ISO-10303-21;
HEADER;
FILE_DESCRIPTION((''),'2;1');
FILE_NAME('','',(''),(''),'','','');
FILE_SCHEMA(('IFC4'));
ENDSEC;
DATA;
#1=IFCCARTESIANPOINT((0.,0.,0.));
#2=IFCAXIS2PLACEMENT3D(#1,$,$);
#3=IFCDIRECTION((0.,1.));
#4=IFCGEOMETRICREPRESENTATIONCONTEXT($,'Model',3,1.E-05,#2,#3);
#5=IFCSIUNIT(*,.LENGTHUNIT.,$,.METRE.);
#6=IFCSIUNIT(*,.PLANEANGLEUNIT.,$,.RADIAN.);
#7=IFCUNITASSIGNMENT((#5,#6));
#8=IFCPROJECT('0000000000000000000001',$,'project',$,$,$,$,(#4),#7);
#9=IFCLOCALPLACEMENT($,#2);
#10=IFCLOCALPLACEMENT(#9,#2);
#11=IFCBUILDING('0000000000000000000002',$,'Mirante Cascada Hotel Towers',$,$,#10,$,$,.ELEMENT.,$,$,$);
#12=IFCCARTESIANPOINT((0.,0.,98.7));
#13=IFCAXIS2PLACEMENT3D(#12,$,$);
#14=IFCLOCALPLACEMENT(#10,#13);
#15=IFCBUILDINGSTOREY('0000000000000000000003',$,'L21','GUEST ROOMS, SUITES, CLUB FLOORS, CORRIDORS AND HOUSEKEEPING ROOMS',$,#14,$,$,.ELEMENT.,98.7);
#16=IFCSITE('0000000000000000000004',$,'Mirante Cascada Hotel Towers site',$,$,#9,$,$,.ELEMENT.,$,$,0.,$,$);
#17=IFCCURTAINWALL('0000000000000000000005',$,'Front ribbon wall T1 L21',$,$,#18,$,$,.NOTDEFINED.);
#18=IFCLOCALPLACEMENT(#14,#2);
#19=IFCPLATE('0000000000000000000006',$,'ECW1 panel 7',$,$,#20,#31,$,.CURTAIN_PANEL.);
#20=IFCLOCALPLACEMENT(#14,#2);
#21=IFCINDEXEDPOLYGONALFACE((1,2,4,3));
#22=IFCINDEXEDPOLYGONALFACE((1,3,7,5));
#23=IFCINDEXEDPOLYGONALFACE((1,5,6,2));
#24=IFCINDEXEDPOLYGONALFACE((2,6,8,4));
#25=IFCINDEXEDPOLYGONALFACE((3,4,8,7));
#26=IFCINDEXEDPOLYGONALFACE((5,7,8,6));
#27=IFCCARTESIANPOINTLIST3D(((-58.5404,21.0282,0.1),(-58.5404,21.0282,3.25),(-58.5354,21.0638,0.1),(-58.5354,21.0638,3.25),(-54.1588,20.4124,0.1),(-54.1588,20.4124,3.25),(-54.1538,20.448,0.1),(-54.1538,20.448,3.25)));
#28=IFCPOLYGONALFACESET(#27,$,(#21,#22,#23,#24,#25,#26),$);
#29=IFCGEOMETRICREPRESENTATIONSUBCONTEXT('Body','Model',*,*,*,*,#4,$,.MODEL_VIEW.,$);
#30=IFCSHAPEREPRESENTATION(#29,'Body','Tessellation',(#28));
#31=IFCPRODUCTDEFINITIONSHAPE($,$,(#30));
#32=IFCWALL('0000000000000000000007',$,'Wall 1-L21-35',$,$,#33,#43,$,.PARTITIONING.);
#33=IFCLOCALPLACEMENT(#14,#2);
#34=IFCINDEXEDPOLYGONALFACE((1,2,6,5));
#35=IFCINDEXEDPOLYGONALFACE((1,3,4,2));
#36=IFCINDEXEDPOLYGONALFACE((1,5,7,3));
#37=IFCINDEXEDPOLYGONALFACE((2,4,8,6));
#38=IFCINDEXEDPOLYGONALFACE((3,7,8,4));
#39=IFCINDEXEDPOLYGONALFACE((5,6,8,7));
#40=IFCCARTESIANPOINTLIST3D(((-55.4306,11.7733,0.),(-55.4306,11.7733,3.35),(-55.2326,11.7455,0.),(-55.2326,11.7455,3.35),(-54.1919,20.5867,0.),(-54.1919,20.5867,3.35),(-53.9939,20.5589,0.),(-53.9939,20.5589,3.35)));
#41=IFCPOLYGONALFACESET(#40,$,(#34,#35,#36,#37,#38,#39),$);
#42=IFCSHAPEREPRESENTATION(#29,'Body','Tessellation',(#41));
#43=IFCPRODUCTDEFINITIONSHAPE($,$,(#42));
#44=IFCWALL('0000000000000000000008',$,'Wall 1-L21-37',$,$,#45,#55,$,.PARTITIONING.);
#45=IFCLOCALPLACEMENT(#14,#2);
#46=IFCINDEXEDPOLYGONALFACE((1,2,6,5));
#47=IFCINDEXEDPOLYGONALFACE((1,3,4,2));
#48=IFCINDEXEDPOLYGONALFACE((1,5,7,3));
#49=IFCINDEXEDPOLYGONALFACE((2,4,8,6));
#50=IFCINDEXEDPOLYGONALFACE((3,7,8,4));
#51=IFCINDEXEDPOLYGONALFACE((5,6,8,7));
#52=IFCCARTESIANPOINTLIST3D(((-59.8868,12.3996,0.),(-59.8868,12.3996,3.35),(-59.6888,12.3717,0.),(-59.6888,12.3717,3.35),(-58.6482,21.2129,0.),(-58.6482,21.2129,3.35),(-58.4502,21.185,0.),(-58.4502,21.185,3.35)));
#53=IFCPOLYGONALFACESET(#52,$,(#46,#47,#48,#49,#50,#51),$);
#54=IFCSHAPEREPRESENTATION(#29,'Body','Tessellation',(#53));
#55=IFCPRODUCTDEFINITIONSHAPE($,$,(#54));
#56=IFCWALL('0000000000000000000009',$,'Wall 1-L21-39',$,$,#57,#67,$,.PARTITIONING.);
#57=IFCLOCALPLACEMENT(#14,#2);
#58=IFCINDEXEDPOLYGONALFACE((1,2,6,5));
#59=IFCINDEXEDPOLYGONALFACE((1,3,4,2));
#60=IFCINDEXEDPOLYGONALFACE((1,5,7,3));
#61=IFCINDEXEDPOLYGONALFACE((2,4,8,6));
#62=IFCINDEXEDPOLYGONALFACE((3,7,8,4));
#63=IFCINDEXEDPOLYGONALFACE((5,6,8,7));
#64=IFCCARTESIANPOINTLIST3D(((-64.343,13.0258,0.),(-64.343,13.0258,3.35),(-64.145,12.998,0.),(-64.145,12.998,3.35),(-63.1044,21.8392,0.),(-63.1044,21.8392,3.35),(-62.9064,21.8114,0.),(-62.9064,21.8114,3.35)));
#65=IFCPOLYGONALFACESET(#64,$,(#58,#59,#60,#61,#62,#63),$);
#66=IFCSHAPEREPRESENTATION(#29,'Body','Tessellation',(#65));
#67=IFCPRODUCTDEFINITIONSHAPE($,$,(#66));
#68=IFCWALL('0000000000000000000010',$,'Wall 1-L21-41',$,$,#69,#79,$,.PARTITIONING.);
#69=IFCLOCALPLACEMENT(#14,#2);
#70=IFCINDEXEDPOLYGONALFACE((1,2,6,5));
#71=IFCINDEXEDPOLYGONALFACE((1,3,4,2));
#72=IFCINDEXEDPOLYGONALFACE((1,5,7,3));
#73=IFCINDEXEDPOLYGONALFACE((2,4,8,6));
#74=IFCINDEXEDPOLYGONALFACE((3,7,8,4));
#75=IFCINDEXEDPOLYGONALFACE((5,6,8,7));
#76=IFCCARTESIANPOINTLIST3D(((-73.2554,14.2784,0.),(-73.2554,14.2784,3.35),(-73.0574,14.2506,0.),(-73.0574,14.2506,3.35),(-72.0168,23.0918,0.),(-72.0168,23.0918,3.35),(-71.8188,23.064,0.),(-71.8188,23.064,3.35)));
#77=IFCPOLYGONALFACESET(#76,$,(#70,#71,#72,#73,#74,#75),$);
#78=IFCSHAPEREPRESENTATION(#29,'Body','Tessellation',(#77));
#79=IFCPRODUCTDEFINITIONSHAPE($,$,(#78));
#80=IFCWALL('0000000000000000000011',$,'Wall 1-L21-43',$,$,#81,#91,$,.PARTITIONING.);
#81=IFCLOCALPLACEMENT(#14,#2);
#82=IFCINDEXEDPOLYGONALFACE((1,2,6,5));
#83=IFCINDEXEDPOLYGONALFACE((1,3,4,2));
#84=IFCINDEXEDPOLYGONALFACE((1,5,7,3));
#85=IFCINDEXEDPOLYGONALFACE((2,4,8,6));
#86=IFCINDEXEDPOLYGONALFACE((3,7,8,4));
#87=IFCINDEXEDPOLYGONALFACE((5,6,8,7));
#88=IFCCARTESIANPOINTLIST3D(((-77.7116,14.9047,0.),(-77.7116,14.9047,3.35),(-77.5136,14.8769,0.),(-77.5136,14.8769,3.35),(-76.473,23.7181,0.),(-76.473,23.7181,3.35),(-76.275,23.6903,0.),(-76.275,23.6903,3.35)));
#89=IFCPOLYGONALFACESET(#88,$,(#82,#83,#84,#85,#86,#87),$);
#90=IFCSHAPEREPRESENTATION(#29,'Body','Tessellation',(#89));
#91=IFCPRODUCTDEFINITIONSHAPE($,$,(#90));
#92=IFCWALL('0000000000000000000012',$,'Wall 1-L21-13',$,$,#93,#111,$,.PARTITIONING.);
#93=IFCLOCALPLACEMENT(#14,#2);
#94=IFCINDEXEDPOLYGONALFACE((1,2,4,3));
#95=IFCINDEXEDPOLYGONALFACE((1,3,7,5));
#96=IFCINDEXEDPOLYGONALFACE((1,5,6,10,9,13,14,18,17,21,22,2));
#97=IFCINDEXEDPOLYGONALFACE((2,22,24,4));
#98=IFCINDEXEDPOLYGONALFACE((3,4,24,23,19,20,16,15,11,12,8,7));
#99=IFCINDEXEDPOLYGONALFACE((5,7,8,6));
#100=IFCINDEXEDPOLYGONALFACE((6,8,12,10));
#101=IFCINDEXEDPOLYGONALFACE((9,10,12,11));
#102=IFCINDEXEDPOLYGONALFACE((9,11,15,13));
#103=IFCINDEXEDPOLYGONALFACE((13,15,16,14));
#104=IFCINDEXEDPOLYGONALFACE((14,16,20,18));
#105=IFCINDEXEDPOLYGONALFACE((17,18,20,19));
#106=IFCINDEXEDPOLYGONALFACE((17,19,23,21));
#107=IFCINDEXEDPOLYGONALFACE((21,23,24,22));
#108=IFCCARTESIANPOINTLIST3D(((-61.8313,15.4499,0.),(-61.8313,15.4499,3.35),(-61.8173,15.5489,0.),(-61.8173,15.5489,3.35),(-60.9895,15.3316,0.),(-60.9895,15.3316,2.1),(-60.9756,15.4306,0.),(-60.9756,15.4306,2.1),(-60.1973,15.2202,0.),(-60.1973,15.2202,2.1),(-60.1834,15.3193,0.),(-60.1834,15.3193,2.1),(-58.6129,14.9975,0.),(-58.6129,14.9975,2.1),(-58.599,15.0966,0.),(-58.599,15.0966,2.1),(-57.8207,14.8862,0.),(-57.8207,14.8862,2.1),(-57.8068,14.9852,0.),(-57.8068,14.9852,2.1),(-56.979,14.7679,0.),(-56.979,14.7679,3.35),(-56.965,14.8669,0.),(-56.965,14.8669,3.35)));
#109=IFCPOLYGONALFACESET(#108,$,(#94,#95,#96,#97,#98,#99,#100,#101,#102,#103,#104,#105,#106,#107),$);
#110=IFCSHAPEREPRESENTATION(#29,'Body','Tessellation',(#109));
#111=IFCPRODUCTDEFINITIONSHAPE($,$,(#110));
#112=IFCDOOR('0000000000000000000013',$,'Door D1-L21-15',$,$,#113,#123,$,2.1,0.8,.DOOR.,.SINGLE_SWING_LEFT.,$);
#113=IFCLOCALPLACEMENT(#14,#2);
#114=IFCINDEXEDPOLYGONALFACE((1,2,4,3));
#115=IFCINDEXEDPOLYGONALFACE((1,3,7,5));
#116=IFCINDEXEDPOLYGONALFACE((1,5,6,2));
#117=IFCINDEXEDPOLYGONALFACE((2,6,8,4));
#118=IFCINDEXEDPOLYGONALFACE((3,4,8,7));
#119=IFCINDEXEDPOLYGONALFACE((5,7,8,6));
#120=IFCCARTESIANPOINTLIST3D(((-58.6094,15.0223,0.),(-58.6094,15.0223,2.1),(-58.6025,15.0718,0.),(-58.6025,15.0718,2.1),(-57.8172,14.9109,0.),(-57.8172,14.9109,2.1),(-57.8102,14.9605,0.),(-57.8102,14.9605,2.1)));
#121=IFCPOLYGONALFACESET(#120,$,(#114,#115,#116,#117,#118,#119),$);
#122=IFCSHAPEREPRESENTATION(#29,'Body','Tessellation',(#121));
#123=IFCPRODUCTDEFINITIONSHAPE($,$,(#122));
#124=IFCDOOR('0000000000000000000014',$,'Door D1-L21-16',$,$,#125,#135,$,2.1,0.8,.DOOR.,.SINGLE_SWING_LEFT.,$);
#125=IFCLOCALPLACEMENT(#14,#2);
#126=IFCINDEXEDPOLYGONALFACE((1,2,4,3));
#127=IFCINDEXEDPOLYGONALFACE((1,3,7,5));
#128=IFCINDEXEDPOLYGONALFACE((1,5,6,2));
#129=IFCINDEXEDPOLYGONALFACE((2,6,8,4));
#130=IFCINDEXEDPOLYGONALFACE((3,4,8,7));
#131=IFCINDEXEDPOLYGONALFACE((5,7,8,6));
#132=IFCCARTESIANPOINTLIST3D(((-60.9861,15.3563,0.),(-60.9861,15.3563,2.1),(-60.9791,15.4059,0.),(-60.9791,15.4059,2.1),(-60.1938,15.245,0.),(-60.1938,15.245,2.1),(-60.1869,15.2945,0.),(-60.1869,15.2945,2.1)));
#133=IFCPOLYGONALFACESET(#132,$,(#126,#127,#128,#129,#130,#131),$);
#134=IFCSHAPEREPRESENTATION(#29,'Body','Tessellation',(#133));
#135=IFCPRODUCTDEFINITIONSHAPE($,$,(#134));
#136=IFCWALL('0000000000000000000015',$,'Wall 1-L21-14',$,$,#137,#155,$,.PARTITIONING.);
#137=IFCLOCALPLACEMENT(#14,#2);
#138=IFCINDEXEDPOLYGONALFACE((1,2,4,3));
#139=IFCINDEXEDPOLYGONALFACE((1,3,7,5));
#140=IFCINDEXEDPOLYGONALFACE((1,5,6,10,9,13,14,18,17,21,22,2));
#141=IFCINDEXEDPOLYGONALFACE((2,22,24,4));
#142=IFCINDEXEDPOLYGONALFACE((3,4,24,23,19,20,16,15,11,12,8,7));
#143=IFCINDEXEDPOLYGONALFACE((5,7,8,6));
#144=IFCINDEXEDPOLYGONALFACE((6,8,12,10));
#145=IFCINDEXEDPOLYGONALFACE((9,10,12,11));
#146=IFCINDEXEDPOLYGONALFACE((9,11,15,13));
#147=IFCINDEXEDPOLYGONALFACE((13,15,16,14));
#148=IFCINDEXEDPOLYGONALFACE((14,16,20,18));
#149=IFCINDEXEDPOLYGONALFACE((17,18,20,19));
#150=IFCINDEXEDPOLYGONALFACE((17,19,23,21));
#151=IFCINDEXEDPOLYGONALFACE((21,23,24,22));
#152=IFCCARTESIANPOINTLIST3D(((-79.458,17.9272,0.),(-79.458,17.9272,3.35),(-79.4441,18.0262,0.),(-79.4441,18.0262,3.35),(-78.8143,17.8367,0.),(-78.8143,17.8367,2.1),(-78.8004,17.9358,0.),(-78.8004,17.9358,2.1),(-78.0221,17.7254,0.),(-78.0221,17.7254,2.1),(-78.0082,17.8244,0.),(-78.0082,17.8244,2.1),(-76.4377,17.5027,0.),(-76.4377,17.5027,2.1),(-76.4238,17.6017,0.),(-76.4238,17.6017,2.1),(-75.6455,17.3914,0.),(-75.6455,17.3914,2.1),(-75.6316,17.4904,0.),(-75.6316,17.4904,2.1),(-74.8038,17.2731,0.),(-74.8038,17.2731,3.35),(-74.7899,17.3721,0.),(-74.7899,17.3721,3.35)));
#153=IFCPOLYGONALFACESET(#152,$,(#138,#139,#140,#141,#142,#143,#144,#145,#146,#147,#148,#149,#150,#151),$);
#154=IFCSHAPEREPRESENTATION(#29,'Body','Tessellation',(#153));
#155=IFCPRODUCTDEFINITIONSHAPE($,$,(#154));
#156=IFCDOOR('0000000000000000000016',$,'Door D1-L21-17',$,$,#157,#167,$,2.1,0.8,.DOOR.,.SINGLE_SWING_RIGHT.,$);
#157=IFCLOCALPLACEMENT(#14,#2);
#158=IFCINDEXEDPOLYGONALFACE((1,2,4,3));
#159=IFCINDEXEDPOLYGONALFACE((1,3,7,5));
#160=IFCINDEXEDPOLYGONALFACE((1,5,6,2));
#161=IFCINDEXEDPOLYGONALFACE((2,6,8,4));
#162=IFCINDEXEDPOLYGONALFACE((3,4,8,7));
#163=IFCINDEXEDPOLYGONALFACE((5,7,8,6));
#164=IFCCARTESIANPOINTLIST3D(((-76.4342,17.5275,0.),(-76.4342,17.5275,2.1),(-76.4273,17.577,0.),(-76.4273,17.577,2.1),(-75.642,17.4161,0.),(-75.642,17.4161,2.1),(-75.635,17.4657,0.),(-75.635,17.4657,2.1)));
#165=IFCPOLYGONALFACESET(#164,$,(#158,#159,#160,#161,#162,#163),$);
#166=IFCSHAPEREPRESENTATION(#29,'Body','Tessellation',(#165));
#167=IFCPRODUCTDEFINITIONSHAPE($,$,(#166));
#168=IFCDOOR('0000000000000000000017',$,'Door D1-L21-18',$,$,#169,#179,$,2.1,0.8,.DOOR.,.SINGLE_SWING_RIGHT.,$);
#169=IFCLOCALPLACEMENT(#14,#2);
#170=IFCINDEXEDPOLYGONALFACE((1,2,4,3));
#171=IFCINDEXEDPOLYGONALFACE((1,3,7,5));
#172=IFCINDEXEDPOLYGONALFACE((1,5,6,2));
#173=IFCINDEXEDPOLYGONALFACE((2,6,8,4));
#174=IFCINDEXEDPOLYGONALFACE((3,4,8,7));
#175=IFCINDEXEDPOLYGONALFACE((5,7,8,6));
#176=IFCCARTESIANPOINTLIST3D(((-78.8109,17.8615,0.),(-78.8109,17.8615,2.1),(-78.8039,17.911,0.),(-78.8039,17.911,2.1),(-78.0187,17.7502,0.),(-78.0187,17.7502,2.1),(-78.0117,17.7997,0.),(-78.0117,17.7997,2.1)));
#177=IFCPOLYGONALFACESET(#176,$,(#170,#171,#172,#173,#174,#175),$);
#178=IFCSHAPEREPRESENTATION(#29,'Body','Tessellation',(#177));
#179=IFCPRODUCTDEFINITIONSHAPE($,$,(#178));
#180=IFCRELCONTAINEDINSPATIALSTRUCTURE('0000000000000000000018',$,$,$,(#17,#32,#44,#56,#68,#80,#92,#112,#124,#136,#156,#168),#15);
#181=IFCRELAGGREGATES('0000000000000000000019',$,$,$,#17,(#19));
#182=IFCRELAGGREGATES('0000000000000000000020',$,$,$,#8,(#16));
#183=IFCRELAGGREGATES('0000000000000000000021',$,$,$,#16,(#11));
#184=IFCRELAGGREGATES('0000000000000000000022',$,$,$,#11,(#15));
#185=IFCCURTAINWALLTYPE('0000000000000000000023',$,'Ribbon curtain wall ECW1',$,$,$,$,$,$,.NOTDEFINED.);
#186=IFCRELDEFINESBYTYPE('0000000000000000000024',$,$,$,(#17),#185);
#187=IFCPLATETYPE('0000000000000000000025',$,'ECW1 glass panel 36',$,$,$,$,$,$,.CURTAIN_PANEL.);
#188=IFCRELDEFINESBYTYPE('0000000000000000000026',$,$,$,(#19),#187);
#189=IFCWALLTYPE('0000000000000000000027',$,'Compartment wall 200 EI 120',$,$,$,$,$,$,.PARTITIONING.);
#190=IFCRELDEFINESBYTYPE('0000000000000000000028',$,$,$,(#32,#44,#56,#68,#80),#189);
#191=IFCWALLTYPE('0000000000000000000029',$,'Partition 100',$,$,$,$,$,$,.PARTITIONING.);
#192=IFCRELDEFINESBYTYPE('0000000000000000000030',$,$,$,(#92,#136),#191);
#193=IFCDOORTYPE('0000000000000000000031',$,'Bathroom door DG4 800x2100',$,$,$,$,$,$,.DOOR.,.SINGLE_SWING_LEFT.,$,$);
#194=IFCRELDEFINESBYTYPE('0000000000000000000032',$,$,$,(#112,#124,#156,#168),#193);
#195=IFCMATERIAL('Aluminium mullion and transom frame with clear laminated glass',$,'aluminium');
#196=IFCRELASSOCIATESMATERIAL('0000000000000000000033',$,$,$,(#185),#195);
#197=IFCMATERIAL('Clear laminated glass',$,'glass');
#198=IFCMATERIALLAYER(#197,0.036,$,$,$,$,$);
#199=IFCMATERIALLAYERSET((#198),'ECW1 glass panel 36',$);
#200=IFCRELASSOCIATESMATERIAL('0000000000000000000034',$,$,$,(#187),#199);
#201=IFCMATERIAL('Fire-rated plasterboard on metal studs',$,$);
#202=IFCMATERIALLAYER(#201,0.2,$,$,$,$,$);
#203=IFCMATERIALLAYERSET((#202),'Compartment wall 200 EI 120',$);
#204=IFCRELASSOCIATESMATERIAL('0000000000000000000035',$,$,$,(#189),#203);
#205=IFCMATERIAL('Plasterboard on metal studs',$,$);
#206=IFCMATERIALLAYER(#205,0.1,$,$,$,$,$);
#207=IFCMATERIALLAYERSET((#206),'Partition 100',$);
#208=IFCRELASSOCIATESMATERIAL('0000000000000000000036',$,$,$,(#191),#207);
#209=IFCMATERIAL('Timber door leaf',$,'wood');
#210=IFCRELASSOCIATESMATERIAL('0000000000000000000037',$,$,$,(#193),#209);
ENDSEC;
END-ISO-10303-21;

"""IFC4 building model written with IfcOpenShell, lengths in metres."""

from ifc_helpers import new_model, si_unit, direction, frame, frame_2d, origin, origin_2d, place, context, subcontext, project, spatial, rectangle, extrude, material, layer, layer_set, type_object, element, fill, aggregate, save


model = new_model("IFC4")

# Units and contexts
model_context = context("Model", 3, precision=1e-05, world=origin(), true_north=direction((0.0, 1.0)))
body_context = subcontext(model_context, "Body", "Model", "MODEL_VIEW")
ifc_project = project(units=[si_unit("LENGTHUNIT", "METRE"), si_unit("PLANEANGLEUNIT", "RADIAN")], contexts=[model_context])

# Site, building, storey
site_placement = place(None, origin())
site = spatial("IfcSite", under=ifc_project, at=site_placement, Name="Mirante Cascada Hotel Towers site", CompositionType="ELEMENT", RefElevation=0.0)
building_placement = place(site_placement, origin())
building = spatial("IfcBuilding", under=site, at=building_placement, Name="Mirante Cascada Hotel Towers", CompositionType="ELEMENT")
storey_placement = place(building_placement, frame((0.0, 0.0, 98.7)))
storey = spatial("IfcBuildingStorey", under=building, at=storey_placement, Name="L21", Description="GUEST ROOMS, SUITES, CLUB FLOORS, CORRIDORS AND HOUSEKEEPING ROOMS", CompositionType="ELEMENT", Elevation=98.7)

# Curtain wall, plate
ifc_material_1 = material(Name="Aluminium mullion and transom frame with clear laminated glass", Category="aluminium")
curtain_wall_type = type_object("IfcCurtainWallType", Name="Ribbon curtain wall ECW1", PredefinedType="NOTDEFINED", material=ifc_material_1)
curtain_wall_placement = place(storey_placement, origin())
curtain_wall = element("IfcCurtainWall", 1, at=curtain_wall_placement, inside=storey, type_object=curtain_wall_type, Name="Front ribbon wall T1 L21", PredefinedType="NOTDEFINED")
ifc_material_2 = material(Name="Clear laminated glass", Category="glass")
ifc_layer_1 = layer(ifc_material_2, 0.036)
ifc_layer_set_1 = layer_set([ifc_layer_1], Name="ECW1 glass panel 36")
plate_type = type_object("IfcPlateType", Name="ECW1 glass panel 36", PredefinedType="CURTAIN_PANEL", material=ifc_layer_set_1)
plate_1_placement = place(storey_placement, frame((-56.3471, 20.7381, 0.1), z_axis=(0.0, 0.0, 1.0), x_axis=(0.990268, -0.139173, 0.0)))
plate_1 = element("IfcPlate", 2, at=plate_1_placement, type_object=plate_type, Name="ECW1 panel 7", PredefinedType="CURTAIN_PANEL", context=body_context, shape_type="SweptSolid", body=[
    extrude(rectangle(XDim=4.4246, YDim=0.036, at=origin_2d()), origin(), (0.0, 0.0, 1.0), 3.15),
])
aggregate(curtain_wall, [plate_1])

# Walls
ifc_material_3 = material(Name="Fire-rated plasterboard on metal studs")
ifc_layer_2 = layer(ifc_material_3, 0.2)
ifc_layer_set_2 = layer_set([ifc_layer_2], Name="Compartment wall 200 EI 120")
wall_type_1 = type_object("IfcWallType", Name="Compartment wall 200 EI 120", PredefinedType="PARTITIONING", material=ifc_layer_set_2)
wall_1_placement = place(storey_placement, frame((-54.0929, 20.5728, 0.0), z_axis=(0.0, 0.0, 1.0), x_axis=(-0.139179, -0.990267, 0.0)))
element("IfcWall", 3, at=wall_1_placement, inside=storey, type_object=wall_type_1, Name="Wall 1-L21-35", PredefinedType="PARTITIONING", context=body_context, shape_type="SweptSolid", body=[
    extrude(rectangle(XDim=8.9, YDim=0.2, at=frame_2d((4.45, 0.0))), origin(), (0.0, 0.0, 1.0), 3.35),
])
wall_2_placement = place(storey_placement, frame((-58.5492, 21.199, 0.0), z_axis=(0.0, 0.0, 1.0), x_axis=(-0.13917, -0.990268, 0.0)))
element("IfcWall", 4, at=wall_2_placement, inside=storey, type_object=wall_type_1, Name="Wall 1-L21-37", PredefinedType="PARTITIONING", context=body_context, shape_type="SweptSolid", body=[
    extrude(rectangle(XDim=8.8999, YDim=0.2, at=frame_2d((4.45, 0.0))), origin(), (0.0, 0.0, 1.0), 3.35),
])
for number, where, z_axis, x_axis, name in (
    (5, (-63.0054, 21.8253, 0.0), (0.0, 0.0, 1.0), (-0.139168, -0.990269, 0.0), "Wall 1-L21-39"),
    (6, (-71.9178, 23.0779, 0.0), (0.0, 0.0, 1.0), (-0.139168, -0.990269, 0.0), "Wall 1-L21-41"),
    (7, (-76.374, 23.7042, 0.0), (0.0, 0.0, 1.0), (-0.139168, -0.990269, 0.0), "Wall 1-L21-43"),
):
    element("IfcWall", number, at=place(storey_placement, frame(where, z_axis=z_axis, x_axis=x_axis)), inside=storey, type_object=wall_type_1, Name=name, PredefinedType="PARTITIONING", context=body_context, shape_type="SweptSolid", body=[
        extrude(rectangle(XDim=8.9, YDim=0.2, at=frame_2d((4.45, 0.0))), origin(), (0.0, 0.0, 1.0), 3.35),
    ])

# Walls, openings, doors
ifc_material_4 = material(Name="Plasterboard on metal studs")
ifc_layer_3 = layer(ifc_material_4, 0.1)
ifc_layer_set_3 = layer_set([ifc_layer_3], Name="Partition 100")
wall_type_2 = type_object("IfcWallType", Name="Partition 100", PredefinedType="PARTITIONING", material=ifc_layer_set_3)
wall_3_placement = place(storey_placement, frame((-61.8243, 15.4994, 0.0), z_axis=(0.0, 0.0, 1.0), x_axis=(0.990267, -0.139184, 0.0)))
wall_3 = element("IfcWall", 8, at=wall_3_placement, inside=storey, type_object=wall_type_2, Name="Wall 1-L21-13", PredefinedType="PARTITIONING", context=body_context, shape_type="SweptSolid", body=[
    extrude(rectangle(XDim=4.9, YDim=0.1, at=frame_2d((2.45, 0.0))), origin(), (0.0, 0.0, 1.0), 3.35),
])
opening_1_placement = place(wall_3_placement, frame((3.25, 0.0, 0.0)))
opening_1 = element("IfcOpeningElement", 9, at=opening_1_placement, cuts=wall_3, PredefinedType="OPENING", context=body_context, shape_type="SweptSolid", body=[
    extrude(rectangle(XDim=0.8, YDim=2.1, at=frame_2d((0.4, 1.05))), frame((0.0, 0.05, 0.0), z_axis=(0.0, -1.0, 0.0), x_axis=(1.0, 0.0, 0.0)), (0.0, 0.0, 1.0), 0.1),
])
opening_2_placement = place(wall_3_placement, frame((0.85, 0.0, 0.0)))
opening_2 = element("IfcOpeningElement", 10, at=opening_2_placement, cuts=wall_3, PredefinedType="OPENING", context=body_context, shape_type="SweptSolid", body=[
    extrude(rectangle(XDim=0.8, YDim=2.1, at=frame_2d((0.4, 1.05))), frame((0.0, 0.05, 0.0), z_axis=(0.0, -1.0, 0.0), x_axis=(1.0, 0.0, 0.0)), (0.0, 0.0, 1.0), 0.1),
])
ifc_material_5 = material(Name="Timber door leaf", Category="wood")
door_type = type_object("IfcDoorType", Name="Bathroom door DG4 800x2100", OperationType="SINGLE_SWING_LEFT", PredefinedType="DOOR", material=ifc_material_5)
door_1_placement = place(opening_1_placement, origin())
door_1 = element("IfcDoor", 11, at=door_1_placement, inside=storey, type_object=door_type, Name="Door D1-L21-15", OperationType="SINGLE_SWING_LEFT", OverallHeight=2.1, OverallWidth=0.8, PredefinedType="DOOR", context=body_context, shape_type="SweptSolid", body=[
    extrude(rectangle(XDim=0.8, YDim=2.1, at=frame_2d((0.4, 1.05))), frame((0.0, 0.025, 0.0), z_axis=(0.0, -1.0, 0.0), x_axis=(1.0, 0.0, 0.0)), (0.0, 0.0, 1.0), 0.05),
])
fill(opening_1, door_1)
door_2_placement = place(opening_2_placement, origin())
door_2 = element("IfcDoor", 12, at=door_2_placement, inside=storey, type_object=door_type, Name="Door D1-L21-16", OperationType="SINGLE_SWING_LEFT", OverallHeight=2.1, OverallWidth=0.8, PredefinedType="DOOR", context=body_context, shape_type="SweptSolid", body=[
    extrude(rectangle(XDim=0.8, YDim=2.1, at=frame_2d((0.4, 1.05))), frame((0.0, 0.025, 0.0), z_axis=(0.0, -1.0, 0.0), x_axis=(1.0, 0.0, 0.0)), (0.0, 0.0, 1.0), 0.05),
])
fill(opening_2, door_2)
wall_4_placement = place(storey_placement, frame((-74.7968, 17.3226, 0.0), z_axis=(0.0, 0.0, 1.0), x_axis=(-0.990268, 0.139172, 0.0)))
wall_4 = element("IfcWall", 13, at=wall_4_placement, inside=storey, type_object=wall_type_2, Name="Wall 1-L21-14", PredefinedType="PARTITIONING", context=body_context, shape_type="SweptSolid", body=[
    extrude(rectangle(XDim=4.6999, YDim=0.1, at=frame_2d((2.35, 0.0))), origin(), (0.0, 0.0, 1.0), 3.35),
])
opening_3_placement = place(wall_4_placement, frame((0.85, 0.0, 0.0)))
opening_3 = element("IfcOpeningElement", 14, at=opening_3_placement, cuts=wall_4, PredefinedType="OPENING", context=body_context, shape_type="SweptSolid", body=[
    extrude(rectangle(XDim=0.8, YDim=2.1, at=frame_2d((0.4, 1.05))), frame((0.0, 0.05, 0.0), z_axis=(0.0, -1.0, 0.0), x_axis=(1.0, 0.0, 0.0)), (0.0, 0.0, 1.0), 0.1),
])
opening_4_placement = place(wall_4_placement, frame((3.25, 0.0, 0.0)))
opening_4 = element("IfcOpeningElement", 15, at=opening_4_placement, cuts=wall_4, PredefinedType="OPENING", context=body_context, shape_type="SweptSolid", body=[
    extrude(rectangle(XDim=0.8, YDim=2.1, at=frame_2d((0.4, 1.05))), frame((0.0, 0.05, 0.0), z_axis=(0.0, -1.0, 0.0), x_axis=(1.0, 0.0, 0.0)), (0.0, 0.0, 1.0), 0.1),
])
door_3_placement = place(opening_3_placement, frame((0.8, 0.0, 0.0), z_axis=(0.0, 0.0, 1.0), x_axis=(-1.0, 0.0, 0.0)))
door_3 = element("IfcDoor", 16, at=door_3_placement, inside=storey, type_object=door_type, Name="Door D1-L21-17", OperationType="SINGLE_SWING_RIGHT", OverallHeight=2.1, OverallWidth=0.8, PredefinedType="DOOR", context=body_context, shape_type="SweptSolid", body=[
    extrude(rectangle(XDim=0.8, YDim=2.1, at=frame_2d((0.4, 1.05))), frame((0.0, 0.025, 0.0), z_axis=(0.0, -1.0, 0.0), x_axis=(1.0, 0.0, 0.0)), (0.0, 0.0, 1.0), 0.05),
])
fill(opening_3, door_3)
door_4_placement = place(opening_4_placement, frame((0.8, 0.0, 0.0), z_axis=(0.0, 0.0, 1.0), x_axis=(-1.0, 0.0, 0.0)))
door_4 = element("IfcDoor", 17, at=door_4_placement, inside=storey, type_object=door_type, Name="Door D1-L21-18", OperationType="SINGLE_SWING_RIGHT", OverallHeight=2.1, OverallWidth=0.8, PredefinedType="DOOR", context=body_context, shape_type="SweptSolid", body=[
    extrude(rectangle(XDim=0.8, YDim=2.1, at=frame_2d((0.4, 1.05))), frame((0.0, 0.025, 0.0), z_axis=(0.0, -1.0, 0.0), x_axis=(1.0, 0.0, 0.0)), (0.0, 0.0, 1.0), 0.05),
])
fill(opening_4, door_4)

save(model, "model.ifc")
